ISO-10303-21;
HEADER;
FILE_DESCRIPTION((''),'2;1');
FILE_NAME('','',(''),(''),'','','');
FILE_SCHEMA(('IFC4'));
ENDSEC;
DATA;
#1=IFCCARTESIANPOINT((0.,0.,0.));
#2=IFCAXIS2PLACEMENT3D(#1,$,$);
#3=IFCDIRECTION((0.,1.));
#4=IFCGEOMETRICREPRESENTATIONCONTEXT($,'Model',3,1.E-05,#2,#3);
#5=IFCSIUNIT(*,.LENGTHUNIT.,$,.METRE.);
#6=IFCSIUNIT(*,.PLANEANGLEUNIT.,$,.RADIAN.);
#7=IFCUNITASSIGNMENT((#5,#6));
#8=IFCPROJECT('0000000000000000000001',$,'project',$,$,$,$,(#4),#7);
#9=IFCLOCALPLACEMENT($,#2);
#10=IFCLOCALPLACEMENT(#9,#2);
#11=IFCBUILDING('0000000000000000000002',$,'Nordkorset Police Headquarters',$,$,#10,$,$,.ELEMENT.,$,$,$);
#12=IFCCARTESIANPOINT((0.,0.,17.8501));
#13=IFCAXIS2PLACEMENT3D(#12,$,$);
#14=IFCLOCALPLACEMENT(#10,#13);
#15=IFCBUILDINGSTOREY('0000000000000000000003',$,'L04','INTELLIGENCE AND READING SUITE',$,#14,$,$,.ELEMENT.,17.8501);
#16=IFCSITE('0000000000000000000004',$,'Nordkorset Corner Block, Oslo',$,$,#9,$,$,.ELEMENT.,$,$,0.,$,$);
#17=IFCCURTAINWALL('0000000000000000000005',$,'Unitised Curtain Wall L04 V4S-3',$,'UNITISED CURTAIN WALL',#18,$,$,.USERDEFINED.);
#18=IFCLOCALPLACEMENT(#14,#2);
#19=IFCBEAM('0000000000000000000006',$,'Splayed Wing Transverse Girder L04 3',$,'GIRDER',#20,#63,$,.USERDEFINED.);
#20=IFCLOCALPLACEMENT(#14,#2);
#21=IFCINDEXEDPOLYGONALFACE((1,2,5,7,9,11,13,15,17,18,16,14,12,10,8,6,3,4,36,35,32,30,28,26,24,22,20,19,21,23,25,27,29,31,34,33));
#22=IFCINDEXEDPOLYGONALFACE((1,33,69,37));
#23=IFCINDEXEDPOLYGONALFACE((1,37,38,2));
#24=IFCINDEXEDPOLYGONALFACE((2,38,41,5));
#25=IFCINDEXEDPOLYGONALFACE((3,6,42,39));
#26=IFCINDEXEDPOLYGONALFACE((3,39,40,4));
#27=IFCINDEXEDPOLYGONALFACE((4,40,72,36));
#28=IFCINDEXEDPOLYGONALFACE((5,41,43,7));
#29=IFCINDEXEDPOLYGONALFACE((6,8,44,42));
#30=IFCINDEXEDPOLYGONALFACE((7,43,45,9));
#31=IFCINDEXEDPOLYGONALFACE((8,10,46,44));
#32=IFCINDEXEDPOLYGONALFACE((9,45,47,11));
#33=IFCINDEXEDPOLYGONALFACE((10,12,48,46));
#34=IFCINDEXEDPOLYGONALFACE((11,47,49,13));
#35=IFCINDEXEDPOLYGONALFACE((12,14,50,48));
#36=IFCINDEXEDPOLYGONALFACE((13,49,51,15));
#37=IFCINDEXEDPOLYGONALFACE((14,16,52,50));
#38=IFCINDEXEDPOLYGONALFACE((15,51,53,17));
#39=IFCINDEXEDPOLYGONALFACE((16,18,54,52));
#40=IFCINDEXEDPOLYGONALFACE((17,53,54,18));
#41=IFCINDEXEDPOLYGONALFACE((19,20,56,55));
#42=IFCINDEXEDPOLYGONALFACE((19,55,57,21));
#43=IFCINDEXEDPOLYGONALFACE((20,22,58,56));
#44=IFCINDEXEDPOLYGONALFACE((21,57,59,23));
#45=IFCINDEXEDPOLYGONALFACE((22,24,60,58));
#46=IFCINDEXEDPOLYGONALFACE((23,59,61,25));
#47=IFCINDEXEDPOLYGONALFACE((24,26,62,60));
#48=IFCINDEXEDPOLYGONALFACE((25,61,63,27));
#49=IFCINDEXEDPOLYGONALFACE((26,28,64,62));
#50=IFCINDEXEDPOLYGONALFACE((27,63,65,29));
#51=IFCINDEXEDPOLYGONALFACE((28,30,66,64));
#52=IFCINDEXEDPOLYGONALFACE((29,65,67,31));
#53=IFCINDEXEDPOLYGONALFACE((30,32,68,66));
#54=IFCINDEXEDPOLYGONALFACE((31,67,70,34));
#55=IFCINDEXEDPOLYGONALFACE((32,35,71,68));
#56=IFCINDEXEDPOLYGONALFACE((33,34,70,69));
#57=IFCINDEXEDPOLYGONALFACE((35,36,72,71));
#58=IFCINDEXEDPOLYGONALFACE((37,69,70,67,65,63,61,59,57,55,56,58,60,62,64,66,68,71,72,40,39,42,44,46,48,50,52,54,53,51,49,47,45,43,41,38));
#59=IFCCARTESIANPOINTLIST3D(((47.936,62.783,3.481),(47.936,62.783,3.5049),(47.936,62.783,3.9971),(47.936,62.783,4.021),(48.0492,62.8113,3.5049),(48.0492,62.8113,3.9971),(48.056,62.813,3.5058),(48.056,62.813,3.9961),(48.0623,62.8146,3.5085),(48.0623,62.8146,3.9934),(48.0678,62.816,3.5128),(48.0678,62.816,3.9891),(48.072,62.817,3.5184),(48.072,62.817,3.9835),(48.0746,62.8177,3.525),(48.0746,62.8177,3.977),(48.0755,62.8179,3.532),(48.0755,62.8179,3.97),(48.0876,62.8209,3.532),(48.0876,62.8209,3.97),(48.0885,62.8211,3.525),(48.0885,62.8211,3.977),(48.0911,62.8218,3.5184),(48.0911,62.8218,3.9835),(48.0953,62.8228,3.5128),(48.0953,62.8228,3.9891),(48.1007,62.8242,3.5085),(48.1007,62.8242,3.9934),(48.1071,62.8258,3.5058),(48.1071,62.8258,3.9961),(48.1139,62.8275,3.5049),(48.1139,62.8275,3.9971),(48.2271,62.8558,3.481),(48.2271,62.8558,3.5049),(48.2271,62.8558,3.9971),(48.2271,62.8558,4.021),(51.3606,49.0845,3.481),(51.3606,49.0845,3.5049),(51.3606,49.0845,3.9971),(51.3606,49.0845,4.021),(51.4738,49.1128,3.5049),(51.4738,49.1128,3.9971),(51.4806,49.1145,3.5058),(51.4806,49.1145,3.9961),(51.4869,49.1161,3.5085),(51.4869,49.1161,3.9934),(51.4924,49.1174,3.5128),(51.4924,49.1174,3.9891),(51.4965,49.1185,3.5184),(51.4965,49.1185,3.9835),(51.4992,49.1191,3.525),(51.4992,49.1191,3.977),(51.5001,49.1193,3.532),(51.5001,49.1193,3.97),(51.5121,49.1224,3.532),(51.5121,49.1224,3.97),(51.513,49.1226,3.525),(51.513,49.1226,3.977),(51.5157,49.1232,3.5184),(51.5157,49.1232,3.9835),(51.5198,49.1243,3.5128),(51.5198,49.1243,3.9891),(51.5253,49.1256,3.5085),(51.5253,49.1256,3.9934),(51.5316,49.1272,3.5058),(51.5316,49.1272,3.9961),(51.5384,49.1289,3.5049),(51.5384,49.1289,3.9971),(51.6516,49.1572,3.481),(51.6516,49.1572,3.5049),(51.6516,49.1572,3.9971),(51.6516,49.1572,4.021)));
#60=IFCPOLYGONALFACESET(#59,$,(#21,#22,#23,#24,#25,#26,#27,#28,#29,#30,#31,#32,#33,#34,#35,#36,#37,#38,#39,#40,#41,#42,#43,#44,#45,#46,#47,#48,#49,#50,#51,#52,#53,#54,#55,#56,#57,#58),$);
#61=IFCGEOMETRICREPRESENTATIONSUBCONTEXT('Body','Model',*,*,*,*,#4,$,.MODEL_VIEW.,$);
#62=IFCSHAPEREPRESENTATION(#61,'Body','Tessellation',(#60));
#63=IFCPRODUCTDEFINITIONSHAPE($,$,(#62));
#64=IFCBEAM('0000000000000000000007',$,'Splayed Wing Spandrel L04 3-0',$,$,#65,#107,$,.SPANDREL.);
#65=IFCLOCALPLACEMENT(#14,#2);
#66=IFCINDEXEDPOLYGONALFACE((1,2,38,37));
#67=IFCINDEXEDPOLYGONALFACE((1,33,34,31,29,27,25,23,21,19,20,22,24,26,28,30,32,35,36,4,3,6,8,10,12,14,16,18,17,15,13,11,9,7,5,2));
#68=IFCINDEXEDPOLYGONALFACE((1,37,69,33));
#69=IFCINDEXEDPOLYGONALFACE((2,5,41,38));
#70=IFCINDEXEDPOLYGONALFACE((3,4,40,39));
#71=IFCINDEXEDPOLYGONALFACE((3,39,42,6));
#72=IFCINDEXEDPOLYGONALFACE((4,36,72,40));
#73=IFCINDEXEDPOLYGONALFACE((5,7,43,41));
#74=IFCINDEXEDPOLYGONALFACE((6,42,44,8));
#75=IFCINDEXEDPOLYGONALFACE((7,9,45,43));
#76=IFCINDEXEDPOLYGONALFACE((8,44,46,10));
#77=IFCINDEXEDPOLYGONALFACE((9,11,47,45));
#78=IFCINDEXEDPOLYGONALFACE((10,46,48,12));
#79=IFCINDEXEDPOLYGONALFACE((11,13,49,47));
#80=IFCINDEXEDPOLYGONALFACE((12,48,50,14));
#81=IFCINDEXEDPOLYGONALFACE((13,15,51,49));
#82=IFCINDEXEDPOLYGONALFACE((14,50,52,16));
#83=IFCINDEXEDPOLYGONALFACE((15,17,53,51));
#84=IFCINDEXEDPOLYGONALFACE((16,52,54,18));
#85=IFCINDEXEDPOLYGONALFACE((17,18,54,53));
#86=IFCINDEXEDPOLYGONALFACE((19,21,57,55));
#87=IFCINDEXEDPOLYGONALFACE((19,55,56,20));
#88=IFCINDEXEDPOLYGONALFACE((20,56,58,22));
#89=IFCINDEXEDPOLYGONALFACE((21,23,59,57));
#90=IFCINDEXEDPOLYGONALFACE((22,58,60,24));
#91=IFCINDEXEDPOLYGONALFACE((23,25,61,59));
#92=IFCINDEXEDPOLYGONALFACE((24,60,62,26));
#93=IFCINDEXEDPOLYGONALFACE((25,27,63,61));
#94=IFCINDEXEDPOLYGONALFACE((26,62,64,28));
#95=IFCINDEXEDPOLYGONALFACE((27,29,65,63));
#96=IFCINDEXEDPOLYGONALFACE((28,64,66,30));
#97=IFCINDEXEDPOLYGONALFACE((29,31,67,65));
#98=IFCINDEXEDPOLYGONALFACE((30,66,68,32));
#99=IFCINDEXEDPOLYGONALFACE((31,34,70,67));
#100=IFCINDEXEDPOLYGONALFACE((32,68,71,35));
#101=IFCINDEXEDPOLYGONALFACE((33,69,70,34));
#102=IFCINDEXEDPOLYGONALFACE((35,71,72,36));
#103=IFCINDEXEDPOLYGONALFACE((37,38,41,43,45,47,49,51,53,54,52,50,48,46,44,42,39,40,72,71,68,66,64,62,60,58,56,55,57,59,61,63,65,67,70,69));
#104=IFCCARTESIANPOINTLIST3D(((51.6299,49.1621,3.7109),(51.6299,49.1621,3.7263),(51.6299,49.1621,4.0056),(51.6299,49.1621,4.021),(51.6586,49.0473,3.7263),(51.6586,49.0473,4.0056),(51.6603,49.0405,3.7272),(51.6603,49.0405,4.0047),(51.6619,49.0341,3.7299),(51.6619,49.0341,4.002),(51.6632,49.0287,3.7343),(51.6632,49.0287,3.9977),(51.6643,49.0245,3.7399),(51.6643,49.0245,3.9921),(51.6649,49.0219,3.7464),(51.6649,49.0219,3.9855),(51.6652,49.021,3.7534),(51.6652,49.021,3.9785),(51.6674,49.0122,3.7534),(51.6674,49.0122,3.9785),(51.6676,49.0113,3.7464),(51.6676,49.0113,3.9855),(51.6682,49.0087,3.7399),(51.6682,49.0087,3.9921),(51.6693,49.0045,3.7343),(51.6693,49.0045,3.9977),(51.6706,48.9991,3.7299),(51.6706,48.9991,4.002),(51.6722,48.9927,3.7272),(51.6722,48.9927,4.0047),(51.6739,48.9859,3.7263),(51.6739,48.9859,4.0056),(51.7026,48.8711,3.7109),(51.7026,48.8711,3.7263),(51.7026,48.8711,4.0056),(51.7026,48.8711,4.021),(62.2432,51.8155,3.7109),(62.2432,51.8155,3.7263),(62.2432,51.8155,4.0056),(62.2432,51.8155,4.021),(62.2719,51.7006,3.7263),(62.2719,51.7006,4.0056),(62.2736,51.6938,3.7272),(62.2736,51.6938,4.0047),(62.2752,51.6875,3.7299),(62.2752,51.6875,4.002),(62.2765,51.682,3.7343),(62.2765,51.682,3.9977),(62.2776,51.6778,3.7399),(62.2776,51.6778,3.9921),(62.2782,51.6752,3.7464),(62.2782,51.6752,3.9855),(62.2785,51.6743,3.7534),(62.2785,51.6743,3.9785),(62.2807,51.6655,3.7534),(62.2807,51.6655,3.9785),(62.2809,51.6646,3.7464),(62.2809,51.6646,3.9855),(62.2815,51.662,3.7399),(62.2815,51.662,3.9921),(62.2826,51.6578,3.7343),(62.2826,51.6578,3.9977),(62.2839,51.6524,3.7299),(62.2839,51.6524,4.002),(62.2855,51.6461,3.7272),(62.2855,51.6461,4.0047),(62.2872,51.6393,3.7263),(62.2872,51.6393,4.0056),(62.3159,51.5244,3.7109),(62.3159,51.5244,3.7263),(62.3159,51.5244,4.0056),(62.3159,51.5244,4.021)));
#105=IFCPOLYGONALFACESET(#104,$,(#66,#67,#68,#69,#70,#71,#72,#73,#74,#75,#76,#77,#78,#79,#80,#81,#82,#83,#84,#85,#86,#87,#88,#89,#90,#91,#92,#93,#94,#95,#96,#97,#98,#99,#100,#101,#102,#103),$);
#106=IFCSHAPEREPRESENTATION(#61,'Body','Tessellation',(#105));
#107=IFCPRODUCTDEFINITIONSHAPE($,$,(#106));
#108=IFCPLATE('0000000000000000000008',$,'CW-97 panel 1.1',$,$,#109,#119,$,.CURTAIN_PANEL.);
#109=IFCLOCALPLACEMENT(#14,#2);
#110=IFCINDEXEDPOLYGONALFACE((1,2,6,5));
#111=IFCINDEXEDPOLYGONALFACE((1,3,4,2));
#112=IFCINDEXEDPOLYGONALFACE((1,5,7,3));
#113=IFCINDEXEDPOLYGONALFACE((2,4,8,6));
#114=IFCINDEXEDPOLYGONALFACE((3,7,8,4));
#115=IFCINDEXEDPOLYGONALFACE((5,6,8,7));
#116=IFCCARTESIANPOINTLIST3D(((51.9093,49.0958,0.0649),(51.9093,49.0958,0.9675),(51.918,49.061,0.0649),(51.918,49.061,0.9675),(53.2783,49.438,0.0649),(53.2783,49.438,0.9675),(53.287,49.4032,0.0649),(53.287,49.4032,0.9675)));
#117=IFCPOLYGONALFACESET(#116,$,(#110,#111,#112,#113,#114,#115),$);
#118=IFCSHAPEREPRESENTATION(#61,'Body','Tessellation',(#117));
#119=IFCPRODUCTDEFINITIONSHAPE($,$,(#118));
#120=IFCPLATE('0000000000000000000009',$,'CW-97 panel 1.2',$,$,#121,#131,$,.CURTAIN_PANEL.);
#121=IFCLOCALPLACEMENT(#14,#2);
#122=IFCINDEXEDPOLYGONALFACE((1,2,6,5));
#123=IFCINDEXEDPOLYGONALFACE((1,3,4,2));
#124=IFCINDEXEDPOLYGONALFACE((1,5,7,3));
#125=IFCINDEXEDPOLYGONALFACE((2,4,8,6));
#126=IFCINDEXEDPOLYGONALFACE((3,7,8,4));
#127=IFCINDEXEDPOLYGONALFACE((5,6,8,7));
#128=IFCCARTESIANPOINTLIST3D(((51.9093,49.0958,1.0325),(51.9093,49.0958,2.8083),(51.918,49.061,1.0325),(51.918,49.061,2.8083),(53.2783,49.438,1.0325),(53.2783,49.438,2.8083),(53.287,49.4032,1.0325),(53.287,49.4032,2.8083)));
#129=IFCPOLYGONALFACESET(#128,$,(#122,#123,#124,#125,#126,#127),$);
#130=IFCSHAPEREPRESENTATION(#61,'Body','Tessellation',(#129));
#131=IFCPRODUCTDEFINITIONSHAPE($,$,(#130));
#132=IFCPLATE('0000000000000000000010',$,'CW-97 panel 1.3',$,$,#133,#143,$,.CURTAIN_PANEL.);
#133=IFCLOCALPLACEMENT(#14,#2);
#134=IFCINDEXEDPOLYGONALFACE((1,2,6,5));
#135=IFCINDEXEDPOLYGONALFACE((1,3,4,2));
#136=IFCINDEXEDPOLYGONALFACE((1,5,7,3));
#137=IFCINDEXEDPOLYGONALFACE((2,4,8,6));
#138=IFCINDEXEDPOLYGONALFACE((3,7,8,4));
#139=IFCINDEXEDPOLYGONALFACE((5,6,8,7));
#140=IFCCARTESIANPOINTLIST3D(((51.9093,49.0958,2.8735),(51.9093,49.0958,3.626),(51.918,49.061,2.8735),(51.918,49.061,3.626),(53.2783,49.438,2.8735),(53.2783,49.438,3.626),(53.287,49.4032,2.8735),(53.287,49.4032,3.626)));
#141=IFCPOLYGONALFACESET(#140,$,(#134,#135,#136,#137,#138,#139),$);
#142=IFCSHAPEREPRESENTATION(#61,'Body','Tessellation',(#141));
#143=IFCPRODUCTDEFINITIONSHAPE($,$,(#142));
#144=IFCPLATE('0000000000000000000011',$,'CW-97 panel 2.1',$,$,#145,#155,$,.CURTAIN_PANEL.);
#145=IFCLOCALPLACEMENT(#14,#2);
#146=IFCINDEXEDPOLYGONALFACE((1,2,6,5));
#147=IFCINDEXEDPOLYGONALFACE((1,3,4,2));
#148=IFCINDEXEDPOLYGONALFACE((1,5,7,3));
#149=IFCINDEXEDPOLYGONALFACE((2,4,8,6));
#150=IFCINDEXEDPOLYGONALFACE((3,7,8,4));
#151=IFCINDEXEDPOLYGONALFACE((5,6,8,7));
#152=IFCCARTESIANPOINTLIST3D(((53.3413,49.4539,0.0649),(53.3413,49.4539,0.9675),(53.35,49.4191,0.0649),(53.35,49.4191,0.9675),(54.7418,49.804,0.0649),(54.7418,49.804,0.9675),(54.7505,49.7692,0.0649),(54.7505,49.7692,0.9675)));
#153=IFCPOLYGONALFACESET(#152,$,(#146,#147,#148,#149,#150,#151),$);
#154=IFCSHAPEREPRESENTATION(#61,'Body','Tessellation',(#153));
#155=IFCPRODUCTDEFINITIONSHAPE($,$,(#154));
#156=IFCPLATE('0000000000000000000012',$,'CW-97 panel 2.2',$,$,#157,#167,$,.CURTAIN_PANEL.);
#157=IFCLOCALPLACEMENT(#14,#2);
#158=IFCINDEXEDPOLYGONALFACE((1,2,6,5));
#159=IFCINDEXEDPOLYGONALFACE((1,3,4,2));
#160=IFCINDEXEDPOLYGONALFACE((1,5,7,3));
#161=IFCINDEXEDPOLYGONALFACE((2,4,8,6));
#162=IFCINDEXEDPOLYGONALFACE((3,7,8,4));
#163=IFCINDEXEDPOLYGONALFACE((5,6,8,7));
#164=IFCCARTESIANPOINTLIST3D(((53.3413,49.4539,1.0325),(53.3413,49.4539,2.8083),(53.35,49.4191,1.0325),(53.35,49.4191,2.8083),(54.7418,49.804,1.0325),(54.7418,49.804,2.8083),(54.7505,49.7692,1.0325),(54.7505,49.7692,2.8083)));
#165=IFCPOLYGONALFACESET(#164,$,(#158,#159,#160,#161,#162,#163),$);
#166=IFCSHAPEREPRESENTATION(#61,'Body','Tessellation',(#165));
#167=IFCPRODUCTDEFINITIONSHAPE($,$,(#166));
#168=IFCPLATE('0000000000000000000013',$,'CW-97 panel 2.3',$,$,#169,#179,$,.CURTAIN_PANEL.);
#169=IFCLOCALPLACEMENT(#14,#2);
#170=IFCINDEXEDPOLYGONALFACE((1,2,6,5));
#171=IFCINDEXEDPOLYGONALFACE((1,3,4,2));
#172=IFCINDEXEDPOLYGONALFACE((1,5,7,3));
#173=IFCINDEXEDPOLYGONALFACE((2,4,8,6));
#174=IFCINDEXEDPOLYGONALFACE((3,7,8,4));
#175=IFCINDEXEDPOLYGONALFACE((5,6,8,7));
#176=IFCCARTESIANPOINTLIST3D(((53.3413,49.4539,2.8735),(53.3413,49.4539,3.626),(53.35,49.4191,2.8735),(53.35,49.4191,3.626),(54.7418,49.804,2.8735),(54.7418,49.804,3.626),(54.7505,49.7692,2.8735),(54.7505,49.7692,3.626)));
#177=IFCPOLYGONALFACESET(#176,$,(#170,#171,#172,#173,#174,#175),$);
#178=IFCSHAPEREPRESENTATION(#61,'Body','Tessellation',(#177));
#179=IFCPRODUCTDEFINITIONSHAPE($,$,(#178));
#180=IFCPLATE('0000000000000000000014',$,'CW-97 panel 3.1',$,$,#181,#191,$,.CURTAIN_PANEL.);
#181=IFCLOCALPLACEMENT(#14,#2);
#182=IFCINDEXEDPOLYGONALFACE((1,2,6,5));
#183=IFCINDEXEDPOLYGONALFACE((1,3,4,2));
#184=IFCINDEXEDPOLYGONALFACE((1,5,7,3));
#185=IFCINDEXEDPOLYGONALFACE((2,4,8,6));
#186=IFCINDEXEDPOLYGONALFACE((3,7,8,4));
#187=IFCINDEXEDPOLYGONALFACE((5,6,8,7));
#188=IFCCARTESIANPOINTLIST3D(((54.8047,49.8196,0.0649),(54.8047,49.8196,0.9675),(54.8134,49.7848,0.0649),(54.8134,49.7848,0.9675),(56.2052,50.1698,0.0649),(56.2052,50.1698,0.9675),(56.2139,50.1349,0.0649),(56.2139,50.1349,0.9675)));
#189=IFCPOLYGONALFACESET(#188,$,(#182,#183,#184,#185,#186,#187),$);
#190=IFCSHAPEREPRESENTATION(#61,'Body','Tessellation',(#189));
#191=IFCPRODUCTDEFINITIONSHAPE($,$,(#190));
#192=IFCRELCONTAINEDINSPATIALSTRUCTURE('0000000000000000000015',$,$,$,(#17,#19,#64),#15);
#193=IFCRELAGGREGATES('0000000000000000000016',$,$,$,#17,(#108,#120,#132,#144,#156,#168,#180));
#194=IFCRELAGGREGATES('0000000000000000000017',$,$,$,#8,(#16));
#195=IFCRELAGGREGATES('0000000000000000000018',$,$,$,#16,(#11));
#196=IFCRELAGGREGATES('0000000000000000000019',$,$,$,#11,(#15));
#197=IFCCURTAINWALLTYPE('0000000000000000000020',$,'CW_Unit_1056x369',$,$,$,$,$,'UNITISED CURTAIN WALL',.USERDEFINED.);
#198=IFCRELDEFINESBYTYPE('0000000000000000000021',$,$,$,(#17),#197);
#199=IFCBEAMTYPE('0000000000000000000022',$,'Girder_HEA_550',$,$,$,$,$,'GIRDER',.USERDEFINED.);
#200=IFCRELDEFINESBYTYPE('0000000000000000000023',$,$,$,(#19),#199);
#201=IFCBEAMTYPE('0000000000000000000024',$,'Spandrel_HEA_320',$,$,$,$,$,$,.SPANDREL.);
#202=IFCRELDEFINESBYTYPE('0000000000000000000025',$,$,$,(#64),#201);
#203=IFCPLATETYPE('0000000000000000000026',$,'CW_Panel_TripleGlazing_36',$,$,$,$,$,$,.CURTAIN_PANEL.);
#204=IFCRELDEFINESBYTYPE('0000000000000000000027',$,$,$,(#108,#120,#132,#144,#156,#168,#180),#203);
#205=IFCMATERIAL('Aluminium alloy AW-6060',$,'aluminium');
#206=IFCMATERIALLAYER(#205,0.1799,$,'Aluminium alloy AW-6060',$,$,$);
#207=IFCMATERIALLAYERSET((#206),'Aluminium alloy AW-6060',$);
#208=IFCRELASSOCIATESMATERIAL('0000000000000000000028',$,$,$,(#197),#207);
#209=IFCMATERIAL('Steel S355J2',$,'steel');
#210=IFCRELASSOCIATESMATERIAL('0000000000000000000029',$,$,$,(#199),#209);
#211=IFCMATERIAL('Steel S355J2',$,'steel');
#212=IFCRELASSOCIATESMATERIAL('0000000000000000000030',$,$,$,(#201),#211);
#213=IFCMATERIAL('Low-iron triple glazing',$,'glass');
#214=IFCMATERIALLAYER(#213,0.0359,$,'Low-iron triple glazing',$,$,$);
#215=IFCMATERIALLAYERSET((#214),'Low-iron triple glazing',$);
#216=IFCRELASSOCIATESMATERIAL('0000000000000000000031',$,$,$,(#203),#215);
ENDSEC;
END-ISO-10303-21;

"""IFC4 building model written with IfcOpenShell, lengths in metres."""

from ifc_helpers import new_model, si_unit, direction, frame, origin, origin_2d, place, context, subcontext, project, spatial, rectangle, i_section, extrude, material, layer, layer_set, material_profile, profile_set, type_object, element, aggregate, save


model = new_model("IFC4")

# Units and contexts
model_context = context("Model", 3, precision=1e-05, world=origin(), true_north=direction((0.0, 1.0)))
body_context = subcontext(model_context, "Body", "Model", "MODEL_VIEW")
ifc_project = project(units=[si_unit("LENGTHUNIT", "METRE"), si_unit("PLANEANGLEUNIT", "RADIAN")], contexts=[model_context])

# Site, building, storey
site_placement = place(None, origin())
site = spatial("IfcSite", under=ifc_project, at=site_placement, Name="Nordkorset Corner Block, Oslo", CompositionType="ELEMENT", RefElevation=0.0)
building_placement = place(site_placement, origin())
building = spatial("IfcBuilding", under=site, at=building_placement, Name="Nordkorset Police Headquarters", CompositionType="ELEMENT")
storey_placement = place(building_placement, frame((0.0, 0.0, 17.8501)))
storey = spatial("IfcBuildingStorey", under=building, at=storey_placement, Name="L04", Description="INTELLIGENCE AND READING SUITE", CompositionType="ELEMENT", Elevation=17.8501)

# Curtain wall
ifc_material_1 = material(Name="Aluminium alloy AW-6060", Category="aluminium")
ifc_layer_1 = layer(ifc_material_1, 0.1799, Name="Aluminium alloy AW-6060")
ifc_layer_set_1 = layer_set([ifc_layer_1], Name="Aluminium alloy AW-6060")
curtain_wall_type = type_object("IfcCurtainWallType", Name="CW_Unit_1056x369", ElementType="UNITISED CURTAIN WALL", PredefinedType="USERDEFINED", material=ifc_layer_set_1)
curtain_wall_placement = place(storey_placement, origin())
curtain_wall = element("IfcCurtainWall", 1, at=curtain_wall_placement, inside=storey, type_object=curtain_wall_type, Name="Unitised Curtain Wall L04 V4S-3", ObjectType="UNITISED CURTAIN WALL", PredefinedType="USERDEFINED")

# Beams
ifc_material_2 = material(Name="Steel S355J2", Category="steel")
ifc_material_profile_1 = material_profile(ifc_material_2, i_section(OverallWidth=0.3, OverallDepth=0.54, WebThickness=0.0125, FlangeThickness=0.0239, FilletRadius=0.0271, at=origin_2d()), Name="HEA 550")
ifc_profile_set_1 = profile_set([ifc_material_profile_1], Name="Steel S355J2")
beam_type_1 = type_object("IfcBeamType", Name="Girder_HEA_550", ElementType="GIRDER", PredefinedType="USERDEFINED", material=ifc_profile_set_1)
beam_1_placement = place(storey_placement, frame((51.5061, 49.1208, 3.751), z_axis=(-0.242532, 0.970144, 0.0), x_axis=(-0.970144, -0.242532, 0.0)))
element("IfcBeam", 2, at=beam_1_placement, inside=storey, type_object=beam_type_1, Name="Splayed Wing Transverse Girder L04 3", ObjectType="GIRDER", PredefinedType="USERDEFINED", context=body_context, shape_type="SweptSolid", body=[
    extrude(i_section(OverallWidth=0.3, OverallDepth=0.54, WebThickness=0.0125, FlangeThickness=0.0239, FilletRadius=0.0271, at=origin_2d()), origin(), (0.0, 0.0, 1.0), 14.1201),
])
ifc_material_3 = material(Name="Steel S355J2", Category="steel")
ifc_material_profile_2 = material_profile(ifc_material_3, i_section(OverallWidth=0.3, OverallDepth=0.3101, WebThickness=0.009, FlangeThickness=0.0154, FilletRadius=0.0271, at=origin_2d()), Name="HEA 320")
ifc_profile_set_2 = profile_set([ifc_material_profile_2], Name="Steel S355J2")
beam_type_2 = type_object("IfcBeamType", Name="Spandrel_HEA_320", PredefinedType="SPANDREL", material=ifc_profile_set_2)
beam_2_placement = place(storey_placement, frame((51.6663, 49.0166, 3.866), z_axis=(0.970143, 0.242536, 0.0), x_axis=(-0.242536, 0.970143, 0.0)))
element("IfcBeam", 3, at=beam_2_placement, inside=storey, type_object=beam_type_2, Name="Splayed Wing Spandrel L04 3-0", PredefinedType="SPANDREL", context=body_context, shape_type="SweptSolid", body=[
    extrude(i_section(OverallWidth=0.3, OverallDepth=0.3101, WebThickness=0.009, FlangeThickness=0.0154, FilletRadius=0.0271, at=origin_2d()), origin(), (0.0, 0.0, 1.0), 10.9399),
])

# Plates
ifc_material_4 = material(Name="Low-iron triple glazing", Category="glass")
ifc_layer_2 = layer(ifc_material_4, 0.0359, Name="Low-iron triple glazing")
ifc_layer_set_2 = layer_set([ifc_layer_2], Name="Low-iron triple glazing")
plate_type = type_object("IfcPlateType", Name="CW_Panel_TripleGlazing_36", PredefinedType="CURTAIN_PANEL", material=ifc_layer_set_2)
plate_1_placement = place(storey_placement, frame((52.5981, 49.2495, 0.0649), z_axis=(0.0, 0.0, 1.0), x_axis=(0.970143, 0.242535, 0.0)))
plate_1 = element("IfcPlate", 4, at=plate_1_placement, type_object=plate_type, Name="CW-97 panel 1.1", PredefinedType="CURTAIN_PANEL", context=body_context, shape_type="SweptSolid", body=[
    extrude(rectangle(XDim=1.4111, YDim=0.0359, at=origin_2d()), origin(), (0.0, 0.0, 1.0), 0.9026),
])
plate_2_placement = place(storey_placement, frame((52.5981, 49.2495, 1.0325), z_axis=(0.0, 0.0, 1.0), x_axis=(0.970143, 0.242535, 0.0)))
plate_2 = element("IfcPlate", 5, at=plate_2_placement, type_object=plate_type, Name="CW-97 panel 1.2", PredefinedType="CURTAIN_PANEL", context=body_context, shape_type="SweptSolid", body=[
    extrude(rectangle(XDim=1.4111, YDim=0.0359, at=origin_2d()), origin(), (0.0, 0.0, 1.0), 1.7759),
])
plate_3_placement = place(storey_placement, frame((52.5981, 49.2495, 2.8735), z_axis=(0.0, 0.0, 1.0), x_axis=(0.970143, 0.242535, 0.0)))
plate_3 = element("IfcPlate", 6, at=plate_3_placement, type_object=plate_type, Name="CW-97 panel 1.3", PredefinedType="CURTAIN_PANEL", context=body_context, shape_type="SweptSolid", body=[
    extrude(rectangle(XDim=1.4111, YDim=0.0359, at=origin_2d()), origin(), (0.0, 0.0, 1.0), 0.7524),
])
plate_4_placement = place(storey_placement, frame((54.0459, 49.6116, 0.0649), z_axis=(0.0, 0.0, 1.0), x_axis=(0.970143, 0.242535, 0.0)))
plate_4 = element("IfcPlate", 7, at=plate_4_placement, type_object=plate_type, Name="CW-97 panel 2.1", PredefinedType="CURTAIN_PANEL", context=body_context, shape_type="SweptSolid", body=[
    extrude(rectangle(XDim=1.4436, YDim=0.0359, at=origin_2d()), origin(), (0.0, 0.0, 1.0), 0.9026),
])
plate_5_placement = place(storey_placement, frame((54.0459, 49.6116, 1.0325), z_axis=(0.0, 0.0, 1.0), x_axis=(0.970143, 0.242535, 0.0)))
plate_5 = element("IfcPlate", 8, at=plate_5_placement, type_object=plate_type, Name="CW-97 panel 2.2", PredefinedType="CURTAIN_PANEL", context=body_context, shape_type="SweptSolid", body=[
    extrude(rectangle(XDim=1.4436, YDim=0.0359, at=origin_2d()), origin(), (0.0, 0.0, 1.0), 1.7759),
])
plate_6_placement = place(storey_placement, frame((54.0459, 49.6116, 2.8735), z_axis=(0.0, 0.0, 1.0), x_axis=(0.970143, 0.242535, 0.0)))
plate_6 = element("IfcPlate", 9, at=plate_6_placement, type_object=plate_type, Name="CW-97 panel 2.3", PredefinedType="CURTAIN_PANEL", context=body_context, shape_type="SweptSolid", body=[
    extrude(rectangle(XDim=1.4436, YDim=0.0359, at=origin_2d()), origin(), (0.0, 0.0, 1.0), 0.7524),
])
plate_7_placement = place(storey_placement, frame((55.5093, 49.9773, 0.0649), z_axis=(0.0, 0.0, 1.0), x_axis=(0.970143, 0.242535, 0.0)))
plate_7 = element("IfcPlate", 10, at=plate_7_placement, type_object=plate_type, Name="CW-97 panel 3.1", PredefinedType="CURTAIN_PANEL", context=body_context, shape_type="SweptSolid", body=[
    extrude(rectangle(XDim=1.4436, YDim=0.0359, at=origin_2d()), origin(), (0.0, 0.0, 1.0), 0.9026),
])
aggregate(curtain_wall, [plate_1, plate_2, plate_3, plate_4, plate_5, plate_6, plate_7])

save(model, "model.ifc")
